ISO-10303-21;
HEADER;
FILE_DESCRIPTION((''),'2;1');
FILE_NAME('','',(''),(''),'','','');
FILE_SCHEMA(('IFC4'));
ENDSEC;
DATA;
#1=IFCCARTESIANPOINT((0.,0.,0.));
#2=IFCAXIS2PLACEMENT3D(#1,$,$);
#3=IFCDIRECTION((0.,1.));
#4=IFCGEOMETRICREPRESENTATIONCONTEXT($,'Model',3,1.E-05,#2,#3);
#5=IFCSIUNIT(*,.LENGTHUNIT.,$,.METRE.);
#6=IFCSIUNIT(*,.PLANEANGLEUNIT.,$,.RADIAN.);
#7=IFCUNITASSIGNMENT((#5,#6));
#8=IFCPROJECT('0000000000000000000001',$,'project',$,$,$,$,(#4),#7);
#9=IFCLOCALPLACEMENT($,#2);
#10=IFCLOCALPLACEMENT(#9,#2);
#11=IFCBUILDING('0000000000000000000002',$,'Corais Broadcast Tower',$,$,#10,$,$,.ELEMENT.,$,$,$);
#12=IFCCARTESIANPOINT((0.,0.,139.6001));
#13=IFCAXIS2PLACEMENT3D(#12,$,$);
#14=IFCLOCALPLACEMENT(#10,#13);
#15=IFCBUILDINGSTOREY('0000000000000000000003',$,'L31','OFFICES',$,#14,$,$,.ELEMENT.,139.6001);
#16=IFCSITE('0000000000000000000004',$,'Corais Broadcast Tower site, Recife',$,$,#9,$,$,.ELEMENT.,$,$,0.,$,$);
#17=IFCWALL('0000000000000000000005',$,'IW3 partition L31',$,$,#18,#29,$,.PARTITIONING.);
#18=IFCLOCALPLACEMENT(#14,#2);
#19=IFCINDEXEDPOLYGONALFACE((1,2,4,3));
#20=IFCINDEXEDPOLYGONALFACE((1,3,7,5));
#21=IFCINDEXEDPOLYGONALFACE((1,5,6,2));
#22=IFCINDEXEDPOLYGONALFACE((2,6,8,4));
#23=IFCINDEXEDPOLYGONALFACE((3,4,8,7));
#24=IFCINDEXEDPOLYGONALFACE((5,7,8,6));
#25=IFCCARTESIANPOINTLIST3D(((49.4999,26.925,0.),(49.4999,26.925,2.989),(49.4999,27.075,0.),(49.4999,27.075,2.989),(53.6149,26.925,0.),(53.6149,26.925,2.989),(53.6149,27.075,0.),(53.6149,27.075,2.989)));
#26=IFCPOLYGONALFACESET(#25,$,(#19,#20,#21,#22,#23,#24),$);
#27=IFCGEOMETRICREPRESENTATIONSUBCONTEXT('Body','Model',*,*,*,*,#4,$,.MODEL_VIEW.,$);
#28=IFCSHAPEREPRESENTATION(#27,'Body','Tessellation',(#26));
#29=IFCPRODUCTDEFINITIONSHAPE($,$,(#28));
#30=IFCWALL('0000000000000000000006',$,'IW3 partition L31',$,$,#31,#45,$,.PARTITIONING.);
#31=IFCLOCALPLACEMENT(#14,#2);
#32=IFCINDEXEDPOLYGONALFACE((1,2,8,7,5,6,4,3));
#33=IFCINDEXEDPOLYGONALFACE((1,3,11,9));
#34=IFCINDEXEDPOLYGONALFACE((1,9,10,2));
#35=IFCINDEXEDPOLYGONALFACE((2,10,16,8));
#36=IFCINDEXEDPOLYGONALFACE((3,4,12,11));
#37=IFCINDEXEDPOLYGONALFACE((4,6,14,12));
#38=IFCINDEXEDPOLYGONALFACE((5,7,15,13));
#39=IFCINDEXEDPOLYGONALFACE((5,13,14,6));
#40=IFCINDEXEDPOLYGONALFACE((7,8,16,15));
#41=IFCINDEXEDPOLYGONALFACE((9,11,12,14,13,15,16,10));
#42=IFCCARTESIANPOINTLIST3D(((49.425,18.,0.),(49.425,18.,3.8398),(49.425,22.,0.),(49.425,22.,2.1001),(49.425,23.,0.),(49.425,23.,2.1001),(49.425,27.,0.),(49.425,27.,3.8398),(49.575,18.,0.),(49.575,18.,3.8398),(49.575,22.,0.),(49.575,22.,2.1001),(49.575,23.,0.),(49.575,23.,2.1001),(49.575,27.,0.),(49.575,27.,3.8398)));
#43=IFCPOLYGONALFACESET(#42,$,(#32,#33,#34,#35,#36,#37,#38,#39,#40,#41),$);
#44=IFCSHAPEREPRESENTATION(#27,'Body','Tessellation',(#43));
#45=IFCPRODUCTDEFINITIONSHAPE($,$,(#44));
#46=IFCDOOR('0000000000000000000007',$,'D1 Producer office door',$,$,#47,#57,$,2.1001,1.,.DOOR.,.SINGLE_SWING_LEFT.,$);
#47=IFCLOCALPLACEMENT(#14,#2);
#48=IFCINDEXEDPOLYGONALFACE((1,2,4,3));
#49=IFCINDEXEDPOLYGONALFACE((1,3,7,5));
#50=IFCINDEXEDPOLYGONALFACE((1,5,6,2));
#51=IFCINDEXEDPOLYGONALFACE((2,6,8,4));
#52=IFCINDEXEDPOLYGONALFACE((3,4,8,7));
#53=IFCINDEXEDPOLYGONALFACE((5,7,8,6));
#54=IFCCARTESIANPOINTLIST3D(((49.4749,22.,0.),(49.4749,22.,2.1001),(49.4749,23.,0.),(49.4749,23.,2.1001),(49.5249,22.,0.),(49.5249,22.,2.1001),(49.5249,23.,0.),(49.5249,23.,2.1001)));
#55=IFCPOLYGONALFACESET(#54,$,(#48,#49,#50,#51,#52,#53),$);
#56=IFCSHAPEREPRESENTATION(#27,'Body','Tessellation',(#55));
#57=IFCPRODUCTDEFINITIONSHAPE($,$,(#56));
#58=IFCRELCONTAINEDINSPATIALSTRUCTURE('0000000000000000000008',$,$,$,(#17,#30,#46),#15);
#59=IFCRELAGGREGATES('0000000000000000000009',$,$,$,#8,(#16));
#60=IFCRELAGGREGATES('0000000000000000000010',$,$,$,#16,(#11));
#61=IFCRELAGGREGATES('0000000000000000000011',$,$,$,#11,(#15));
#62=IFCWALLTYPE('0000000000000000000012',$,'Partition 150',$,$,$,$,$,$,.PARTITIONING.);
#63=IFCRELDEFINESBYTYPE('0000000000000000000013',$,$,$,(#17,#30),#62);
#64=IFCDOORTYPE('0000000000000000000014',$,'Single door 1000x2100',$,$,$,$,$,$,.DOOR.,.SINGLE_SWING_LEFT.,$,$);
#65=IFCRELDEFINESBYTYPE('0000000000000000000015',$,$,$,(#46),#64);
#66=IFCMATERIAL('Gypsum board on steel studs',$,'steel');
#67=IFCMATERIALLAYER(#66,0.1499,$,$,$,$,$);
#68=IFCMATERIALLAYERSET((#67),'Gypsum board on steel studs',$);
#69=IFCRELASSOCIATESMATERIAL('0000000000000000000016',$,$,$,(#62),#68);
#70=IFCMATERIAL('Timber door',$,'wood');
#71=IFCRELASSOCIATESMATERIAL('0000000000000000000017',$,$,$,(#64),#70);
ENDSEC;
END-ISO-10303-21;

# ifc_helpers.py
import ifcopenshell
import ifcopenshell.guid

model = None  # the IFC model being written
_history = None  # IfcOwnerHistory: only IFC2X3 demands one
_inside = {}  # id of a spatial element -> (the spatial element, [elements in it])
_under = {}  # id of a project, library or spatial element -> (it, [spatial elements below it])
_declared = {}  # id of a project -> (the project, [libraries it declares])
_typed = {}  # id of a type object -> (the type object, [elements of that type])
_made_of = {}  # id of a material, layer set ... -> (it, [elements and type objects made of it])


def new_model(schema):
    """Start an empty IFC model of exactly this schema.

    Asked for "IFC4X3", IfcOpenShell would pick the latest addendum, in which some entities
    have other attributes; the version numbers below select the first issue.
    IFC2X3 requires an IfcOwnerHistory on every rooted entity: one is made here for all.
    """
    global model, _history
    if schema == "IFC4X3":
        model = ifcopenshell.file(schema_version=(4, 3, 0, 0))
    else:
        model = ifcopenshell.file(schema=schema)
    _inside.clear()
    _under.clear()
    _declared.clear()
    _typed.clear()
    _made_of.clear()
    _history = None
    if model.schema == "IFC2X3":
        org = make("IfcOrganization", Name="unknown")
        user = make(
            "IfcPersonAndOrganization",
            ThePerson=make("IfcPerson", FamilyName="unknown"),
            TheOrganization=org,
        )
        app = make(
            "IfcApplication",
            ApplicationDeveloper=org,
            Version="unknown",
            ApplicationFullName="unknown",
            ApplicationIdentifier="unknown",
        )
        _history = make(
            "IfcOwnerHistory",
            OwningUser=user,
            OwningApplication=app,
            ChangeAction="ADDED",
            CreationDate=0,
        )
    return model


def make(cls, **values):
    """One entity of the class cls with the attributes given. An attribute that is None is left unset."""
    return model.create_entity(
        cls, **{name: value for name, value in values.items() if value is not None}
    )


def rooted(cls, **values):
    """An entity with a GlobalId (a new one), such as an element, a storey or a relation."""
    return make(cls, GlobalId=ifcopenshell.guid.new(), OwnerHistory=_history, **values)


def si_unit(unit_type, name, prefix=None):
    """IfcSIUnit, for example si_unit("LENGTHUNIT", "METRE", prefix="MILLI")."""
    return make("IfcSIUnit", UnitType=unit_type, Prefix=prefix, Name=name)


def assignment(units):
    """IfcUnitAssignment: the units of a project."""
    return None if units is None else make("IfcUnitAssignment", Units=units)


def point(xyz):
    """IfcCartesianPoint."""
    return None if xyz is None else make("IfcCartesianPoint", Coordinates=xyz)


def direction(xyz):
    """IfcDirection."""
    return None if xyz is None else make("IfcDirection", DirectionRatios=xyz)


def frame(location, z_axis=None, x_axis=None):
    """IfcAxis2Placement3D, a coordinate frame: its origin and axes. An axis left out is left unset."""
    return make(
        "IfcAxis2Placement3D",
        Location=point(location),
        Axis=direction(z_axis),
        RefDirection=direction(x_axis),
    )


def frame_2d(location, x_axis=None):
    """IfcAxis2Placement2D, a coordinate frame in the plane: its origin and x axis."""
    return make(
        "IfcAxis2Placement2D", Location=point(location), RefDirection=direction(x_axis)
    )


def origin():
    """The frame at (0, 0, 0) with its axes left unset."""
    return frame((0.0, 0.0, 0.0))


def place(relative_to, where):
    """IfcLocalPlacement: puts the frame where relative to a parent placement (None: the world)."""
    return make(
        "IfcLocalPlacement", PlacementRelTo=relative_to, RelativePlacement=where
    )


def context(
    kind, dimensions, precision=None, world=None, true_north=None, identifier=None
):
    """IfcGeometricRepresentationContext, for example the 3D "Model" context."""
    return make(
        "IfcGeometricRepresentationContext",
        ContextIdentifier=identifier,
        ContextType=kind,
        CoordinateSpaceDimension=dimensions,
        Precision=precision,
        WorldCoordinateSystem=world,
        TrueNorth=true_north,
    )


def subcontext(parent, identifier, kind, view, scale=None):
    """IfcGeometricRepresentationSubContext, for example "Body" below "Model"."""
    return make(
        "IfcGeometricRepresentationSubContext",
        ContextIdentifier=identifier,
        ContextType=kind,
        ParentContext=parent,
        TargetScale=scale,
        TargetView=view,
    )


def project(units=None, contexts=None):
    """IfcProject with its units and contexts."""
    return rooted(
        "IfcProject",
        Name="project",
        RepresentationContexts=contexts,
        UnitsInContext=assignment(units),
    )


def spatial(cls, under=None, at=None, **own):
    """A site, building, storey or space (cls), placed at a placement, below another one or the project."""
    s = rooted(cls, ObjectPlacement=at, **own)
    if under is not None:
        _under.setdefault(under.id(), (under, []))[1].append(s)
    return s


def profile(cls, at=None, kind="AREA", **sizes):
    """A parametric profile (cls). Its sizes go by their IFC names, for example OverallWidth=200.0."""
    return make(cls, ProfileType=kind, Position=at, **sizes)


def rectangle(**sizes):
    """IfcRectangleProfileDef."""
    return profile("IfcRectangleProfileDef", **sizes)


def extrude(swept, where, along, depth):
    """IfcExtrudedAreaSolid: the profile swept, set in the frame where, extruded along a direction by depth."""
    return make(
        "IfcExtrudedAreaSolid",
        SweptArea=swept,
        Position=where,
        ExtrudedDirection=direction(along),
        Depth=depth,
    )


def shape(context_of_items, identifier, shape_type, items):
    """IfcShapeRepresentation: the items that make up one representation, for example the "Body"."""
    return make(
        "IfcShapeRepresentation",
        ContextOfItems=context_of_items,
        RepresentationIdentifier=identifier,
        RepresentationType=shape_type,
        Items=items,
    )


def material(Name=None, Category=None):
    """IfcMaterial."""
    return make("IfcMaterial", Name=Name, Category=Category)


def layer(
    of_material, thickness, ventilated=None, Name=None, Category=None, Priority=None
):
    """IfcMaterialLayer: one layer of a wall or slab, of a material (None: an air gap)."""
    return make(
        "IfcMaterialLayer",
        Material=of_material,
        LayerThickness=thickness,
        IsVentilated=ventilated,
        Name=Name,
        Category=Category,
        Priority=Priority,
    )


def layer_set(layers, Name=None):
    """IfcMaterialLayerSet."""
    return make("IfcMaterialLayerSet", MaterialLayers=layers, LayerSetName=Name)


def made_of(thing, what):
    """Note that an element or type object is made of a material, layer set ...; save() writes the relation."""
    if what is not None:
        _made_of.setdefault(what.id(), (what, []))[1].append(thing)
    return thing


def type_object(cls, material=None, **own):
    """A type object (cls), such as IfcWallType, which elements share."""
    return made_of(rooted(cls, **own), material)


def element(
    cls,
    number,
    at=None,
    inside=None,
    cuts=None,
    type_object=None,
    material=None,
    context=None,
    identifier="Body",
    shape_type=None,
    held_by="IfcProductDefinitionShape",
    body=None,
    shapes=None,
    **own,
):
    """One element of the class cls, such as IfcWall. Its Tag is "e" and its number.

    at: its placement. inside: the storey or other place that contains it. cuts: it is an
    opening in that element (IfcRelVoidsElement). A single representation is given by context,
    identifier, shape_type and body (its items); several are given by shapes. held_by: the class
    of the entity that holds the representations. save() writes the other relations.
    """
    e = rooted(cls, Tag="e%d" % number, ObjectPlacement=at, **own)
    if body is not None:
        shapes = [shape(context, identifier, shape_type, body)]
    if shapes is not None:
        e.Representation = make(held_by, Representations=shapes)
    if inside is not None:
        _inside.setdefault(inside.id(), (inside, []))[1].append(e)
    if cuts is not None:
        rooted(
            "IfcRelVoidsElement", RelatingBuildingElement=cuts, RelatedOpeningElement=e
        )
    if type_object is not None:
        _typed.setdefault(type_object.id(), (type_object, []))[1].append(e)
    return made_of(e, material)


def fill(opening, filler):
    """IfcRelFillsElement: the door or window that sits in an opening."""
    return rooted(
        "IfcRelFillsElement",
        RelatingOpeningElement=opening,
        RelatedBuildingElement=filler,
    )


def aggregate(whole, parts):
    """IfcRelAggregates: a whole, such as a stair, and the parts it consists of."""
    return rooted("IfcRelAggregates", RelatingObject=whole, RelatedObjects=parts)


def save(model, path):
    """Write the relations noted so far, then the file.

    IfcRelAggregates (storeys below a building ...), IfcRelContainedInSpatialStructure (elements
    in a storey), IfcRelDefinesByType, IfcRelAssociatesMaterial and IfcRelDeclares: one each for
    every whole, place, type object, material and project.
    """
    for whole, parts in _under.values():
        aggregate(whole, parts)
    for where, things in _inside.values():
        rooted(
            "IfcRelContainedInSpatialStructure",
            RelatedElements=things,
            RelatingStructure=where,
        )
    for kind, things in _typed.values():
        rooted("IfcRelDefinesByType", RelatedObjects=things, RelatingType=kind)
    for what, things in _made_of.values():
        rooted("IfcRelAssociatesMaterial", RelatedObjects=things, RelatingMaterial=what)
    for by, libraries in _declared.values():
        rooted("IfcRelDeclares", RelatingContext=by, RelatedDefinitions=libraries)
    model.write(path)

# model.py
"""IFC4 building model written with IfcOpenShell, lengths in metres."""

from ifc_helpers import new_model, si_unit, direction, frame, frame_2d, origin, place, context, subcontext, project, spatial, rectangle, extrude, material, layer, layer_set, type_object, element, fill, save


model = new_model("IFC4")

# Units and contexts
model_context = context("Model", 3, precision=1e-05, world=origin(), true_north=direction((0.0, 1.0)))
body_context = subcontext(model_context, "Body", "Model", "MODEL_VIEW")
ifc_project = project(units=[si_unit("LENGTHUNIT", "METRE"), si_unit("PLANEANGLEUNIT", "RADIAN")], contexts=[model_context])

# Site, building, storey
site_placement = place(None, origin())
site = spatial("IfcSite", under=ifc_project, at=site_placement, Name="Corais Broadcast Tower site, Recife", CompositionType="ELEMENT", RefElevation=0.0)
building_placement = place(site_placement, origin())
building = spatial("IfcBuilding", under=site, at=building_placement, Name="Corais Broadcast Tower", CompositionType="ELEMENT")
storey_placement = place(building_placement, frame((0.0, 0.0, 139.6001)))
storey = spatial("IfcBuildingStorey", under=building, at=storey_placement, Name="L31", Description="OFFICES", CompositionType="ELEMENT", Elevation=139.6001)

# Wall
ifc_material_1 = material(Name="Gypsum board on steel studs", Category="steel")
ifc_layer_1 = layer(ifc_material_1, 0.1499)
ifc_layer_set_1 = layer_set([ifc_layer_1], Name="Gypsum board on steel studs")
wall_type = type_object("IfcWallType", Name="Partition 150", PredefinedType="PARTITIONING", material=ifc_layer_set_1)
wall_1_placement = place(storey_placement, frame((53.615, 27.0, 0.0), z_axis=(0.0, 0.0, 1.0), x_axis=(-1.0, 0.0, 0.0)))
element("IfcWall", 1, at=wall_1_placement, inside=storey, type_object=wall_type, Name="IW3 partition L31", PredefinedType="PARTITIONING", context=body_context, shape_type="SweptSolid", body=[
    extrude(rectangle(XDim=4.115, YDim=0.1499, at=frame_2d((2.0576, 0.0))), origin(), (0.0, 0.0, 1.0), 2.989),
])

# Wall, opening, door
wall_2_placement = place(storey_placement, frame((49.5, 27.0, 0.0), z_axis=(0.0, 0.0, 1.0), x_axis=(0.0, -1.0, 0.0)))
wall_2 = element("IfcWall", 2, at=wall_2_placement, inside=storey, type_object=wall_type, Name="IW3 partition L31", PredefinedType="PARTITIONING", context=body_context, shape_type="SweptSolid", body=[
    extrude(rectangle(XDim=9.0, YDim=0.1499, at=frame_2d((4.5, 0.0))), origin(), (0.0, 0.0, 1.0), 3.8398),
])
opening_placement = place(wall_2_placement, frame((4.0, 0.0, 0.0)))
opening = element("IfcOpeningElement", 3, at=opening_placement, cuts=wall_2, PredefinedType="OPENING", context=body_context, shape_type="SweptSolid", body=[
    extrude(rectangle(XDim=1.0, YDim=2.1001, at=frame_2d((0.5, 1.05))), frame((0.0, 0.085, 0.0), z_axis=(0.0, -1.0, 0.0), x_axis=(1.0, 0.0, 0.0)), (0.0, 0.0, 1.0), 0.1699),
])
ifc_material_2 = material(Name="Timber door", Category="wood")
door_type = type_object("IfcDoorType", Name="Single door 1000x2100", OperationType="SINGLE_SWING_LEFT", PredefinedType="DOOR", material=ifc_material_2)
door_placement = place(opening_placement, origin())
door = element("IfcDoor", 4, at=door_placement, inside=storey, type_object=door_type, Name="D1 Producer office door", OperationType="SINGLE_SWING_LEFT", OverallHeight=2.1001, OverallWidth=1.0, PredefinedType="DOOR", context=body_context, shape_type="SweptSolid", body=[
    extrude(rectangle(XDim=1.0, YDim=2.1001, at=frame_2d((0.5, 1.05))), frame((0.0, 0.0249, 0.0), z_axis=(0.0, -1.0, 0.0), x_axis=(1.0, 0.0, 0.0)), (0.0, 0.0, 1.0), 0.05),
])
fill(opening, door)

save(model, "model.ifc")
